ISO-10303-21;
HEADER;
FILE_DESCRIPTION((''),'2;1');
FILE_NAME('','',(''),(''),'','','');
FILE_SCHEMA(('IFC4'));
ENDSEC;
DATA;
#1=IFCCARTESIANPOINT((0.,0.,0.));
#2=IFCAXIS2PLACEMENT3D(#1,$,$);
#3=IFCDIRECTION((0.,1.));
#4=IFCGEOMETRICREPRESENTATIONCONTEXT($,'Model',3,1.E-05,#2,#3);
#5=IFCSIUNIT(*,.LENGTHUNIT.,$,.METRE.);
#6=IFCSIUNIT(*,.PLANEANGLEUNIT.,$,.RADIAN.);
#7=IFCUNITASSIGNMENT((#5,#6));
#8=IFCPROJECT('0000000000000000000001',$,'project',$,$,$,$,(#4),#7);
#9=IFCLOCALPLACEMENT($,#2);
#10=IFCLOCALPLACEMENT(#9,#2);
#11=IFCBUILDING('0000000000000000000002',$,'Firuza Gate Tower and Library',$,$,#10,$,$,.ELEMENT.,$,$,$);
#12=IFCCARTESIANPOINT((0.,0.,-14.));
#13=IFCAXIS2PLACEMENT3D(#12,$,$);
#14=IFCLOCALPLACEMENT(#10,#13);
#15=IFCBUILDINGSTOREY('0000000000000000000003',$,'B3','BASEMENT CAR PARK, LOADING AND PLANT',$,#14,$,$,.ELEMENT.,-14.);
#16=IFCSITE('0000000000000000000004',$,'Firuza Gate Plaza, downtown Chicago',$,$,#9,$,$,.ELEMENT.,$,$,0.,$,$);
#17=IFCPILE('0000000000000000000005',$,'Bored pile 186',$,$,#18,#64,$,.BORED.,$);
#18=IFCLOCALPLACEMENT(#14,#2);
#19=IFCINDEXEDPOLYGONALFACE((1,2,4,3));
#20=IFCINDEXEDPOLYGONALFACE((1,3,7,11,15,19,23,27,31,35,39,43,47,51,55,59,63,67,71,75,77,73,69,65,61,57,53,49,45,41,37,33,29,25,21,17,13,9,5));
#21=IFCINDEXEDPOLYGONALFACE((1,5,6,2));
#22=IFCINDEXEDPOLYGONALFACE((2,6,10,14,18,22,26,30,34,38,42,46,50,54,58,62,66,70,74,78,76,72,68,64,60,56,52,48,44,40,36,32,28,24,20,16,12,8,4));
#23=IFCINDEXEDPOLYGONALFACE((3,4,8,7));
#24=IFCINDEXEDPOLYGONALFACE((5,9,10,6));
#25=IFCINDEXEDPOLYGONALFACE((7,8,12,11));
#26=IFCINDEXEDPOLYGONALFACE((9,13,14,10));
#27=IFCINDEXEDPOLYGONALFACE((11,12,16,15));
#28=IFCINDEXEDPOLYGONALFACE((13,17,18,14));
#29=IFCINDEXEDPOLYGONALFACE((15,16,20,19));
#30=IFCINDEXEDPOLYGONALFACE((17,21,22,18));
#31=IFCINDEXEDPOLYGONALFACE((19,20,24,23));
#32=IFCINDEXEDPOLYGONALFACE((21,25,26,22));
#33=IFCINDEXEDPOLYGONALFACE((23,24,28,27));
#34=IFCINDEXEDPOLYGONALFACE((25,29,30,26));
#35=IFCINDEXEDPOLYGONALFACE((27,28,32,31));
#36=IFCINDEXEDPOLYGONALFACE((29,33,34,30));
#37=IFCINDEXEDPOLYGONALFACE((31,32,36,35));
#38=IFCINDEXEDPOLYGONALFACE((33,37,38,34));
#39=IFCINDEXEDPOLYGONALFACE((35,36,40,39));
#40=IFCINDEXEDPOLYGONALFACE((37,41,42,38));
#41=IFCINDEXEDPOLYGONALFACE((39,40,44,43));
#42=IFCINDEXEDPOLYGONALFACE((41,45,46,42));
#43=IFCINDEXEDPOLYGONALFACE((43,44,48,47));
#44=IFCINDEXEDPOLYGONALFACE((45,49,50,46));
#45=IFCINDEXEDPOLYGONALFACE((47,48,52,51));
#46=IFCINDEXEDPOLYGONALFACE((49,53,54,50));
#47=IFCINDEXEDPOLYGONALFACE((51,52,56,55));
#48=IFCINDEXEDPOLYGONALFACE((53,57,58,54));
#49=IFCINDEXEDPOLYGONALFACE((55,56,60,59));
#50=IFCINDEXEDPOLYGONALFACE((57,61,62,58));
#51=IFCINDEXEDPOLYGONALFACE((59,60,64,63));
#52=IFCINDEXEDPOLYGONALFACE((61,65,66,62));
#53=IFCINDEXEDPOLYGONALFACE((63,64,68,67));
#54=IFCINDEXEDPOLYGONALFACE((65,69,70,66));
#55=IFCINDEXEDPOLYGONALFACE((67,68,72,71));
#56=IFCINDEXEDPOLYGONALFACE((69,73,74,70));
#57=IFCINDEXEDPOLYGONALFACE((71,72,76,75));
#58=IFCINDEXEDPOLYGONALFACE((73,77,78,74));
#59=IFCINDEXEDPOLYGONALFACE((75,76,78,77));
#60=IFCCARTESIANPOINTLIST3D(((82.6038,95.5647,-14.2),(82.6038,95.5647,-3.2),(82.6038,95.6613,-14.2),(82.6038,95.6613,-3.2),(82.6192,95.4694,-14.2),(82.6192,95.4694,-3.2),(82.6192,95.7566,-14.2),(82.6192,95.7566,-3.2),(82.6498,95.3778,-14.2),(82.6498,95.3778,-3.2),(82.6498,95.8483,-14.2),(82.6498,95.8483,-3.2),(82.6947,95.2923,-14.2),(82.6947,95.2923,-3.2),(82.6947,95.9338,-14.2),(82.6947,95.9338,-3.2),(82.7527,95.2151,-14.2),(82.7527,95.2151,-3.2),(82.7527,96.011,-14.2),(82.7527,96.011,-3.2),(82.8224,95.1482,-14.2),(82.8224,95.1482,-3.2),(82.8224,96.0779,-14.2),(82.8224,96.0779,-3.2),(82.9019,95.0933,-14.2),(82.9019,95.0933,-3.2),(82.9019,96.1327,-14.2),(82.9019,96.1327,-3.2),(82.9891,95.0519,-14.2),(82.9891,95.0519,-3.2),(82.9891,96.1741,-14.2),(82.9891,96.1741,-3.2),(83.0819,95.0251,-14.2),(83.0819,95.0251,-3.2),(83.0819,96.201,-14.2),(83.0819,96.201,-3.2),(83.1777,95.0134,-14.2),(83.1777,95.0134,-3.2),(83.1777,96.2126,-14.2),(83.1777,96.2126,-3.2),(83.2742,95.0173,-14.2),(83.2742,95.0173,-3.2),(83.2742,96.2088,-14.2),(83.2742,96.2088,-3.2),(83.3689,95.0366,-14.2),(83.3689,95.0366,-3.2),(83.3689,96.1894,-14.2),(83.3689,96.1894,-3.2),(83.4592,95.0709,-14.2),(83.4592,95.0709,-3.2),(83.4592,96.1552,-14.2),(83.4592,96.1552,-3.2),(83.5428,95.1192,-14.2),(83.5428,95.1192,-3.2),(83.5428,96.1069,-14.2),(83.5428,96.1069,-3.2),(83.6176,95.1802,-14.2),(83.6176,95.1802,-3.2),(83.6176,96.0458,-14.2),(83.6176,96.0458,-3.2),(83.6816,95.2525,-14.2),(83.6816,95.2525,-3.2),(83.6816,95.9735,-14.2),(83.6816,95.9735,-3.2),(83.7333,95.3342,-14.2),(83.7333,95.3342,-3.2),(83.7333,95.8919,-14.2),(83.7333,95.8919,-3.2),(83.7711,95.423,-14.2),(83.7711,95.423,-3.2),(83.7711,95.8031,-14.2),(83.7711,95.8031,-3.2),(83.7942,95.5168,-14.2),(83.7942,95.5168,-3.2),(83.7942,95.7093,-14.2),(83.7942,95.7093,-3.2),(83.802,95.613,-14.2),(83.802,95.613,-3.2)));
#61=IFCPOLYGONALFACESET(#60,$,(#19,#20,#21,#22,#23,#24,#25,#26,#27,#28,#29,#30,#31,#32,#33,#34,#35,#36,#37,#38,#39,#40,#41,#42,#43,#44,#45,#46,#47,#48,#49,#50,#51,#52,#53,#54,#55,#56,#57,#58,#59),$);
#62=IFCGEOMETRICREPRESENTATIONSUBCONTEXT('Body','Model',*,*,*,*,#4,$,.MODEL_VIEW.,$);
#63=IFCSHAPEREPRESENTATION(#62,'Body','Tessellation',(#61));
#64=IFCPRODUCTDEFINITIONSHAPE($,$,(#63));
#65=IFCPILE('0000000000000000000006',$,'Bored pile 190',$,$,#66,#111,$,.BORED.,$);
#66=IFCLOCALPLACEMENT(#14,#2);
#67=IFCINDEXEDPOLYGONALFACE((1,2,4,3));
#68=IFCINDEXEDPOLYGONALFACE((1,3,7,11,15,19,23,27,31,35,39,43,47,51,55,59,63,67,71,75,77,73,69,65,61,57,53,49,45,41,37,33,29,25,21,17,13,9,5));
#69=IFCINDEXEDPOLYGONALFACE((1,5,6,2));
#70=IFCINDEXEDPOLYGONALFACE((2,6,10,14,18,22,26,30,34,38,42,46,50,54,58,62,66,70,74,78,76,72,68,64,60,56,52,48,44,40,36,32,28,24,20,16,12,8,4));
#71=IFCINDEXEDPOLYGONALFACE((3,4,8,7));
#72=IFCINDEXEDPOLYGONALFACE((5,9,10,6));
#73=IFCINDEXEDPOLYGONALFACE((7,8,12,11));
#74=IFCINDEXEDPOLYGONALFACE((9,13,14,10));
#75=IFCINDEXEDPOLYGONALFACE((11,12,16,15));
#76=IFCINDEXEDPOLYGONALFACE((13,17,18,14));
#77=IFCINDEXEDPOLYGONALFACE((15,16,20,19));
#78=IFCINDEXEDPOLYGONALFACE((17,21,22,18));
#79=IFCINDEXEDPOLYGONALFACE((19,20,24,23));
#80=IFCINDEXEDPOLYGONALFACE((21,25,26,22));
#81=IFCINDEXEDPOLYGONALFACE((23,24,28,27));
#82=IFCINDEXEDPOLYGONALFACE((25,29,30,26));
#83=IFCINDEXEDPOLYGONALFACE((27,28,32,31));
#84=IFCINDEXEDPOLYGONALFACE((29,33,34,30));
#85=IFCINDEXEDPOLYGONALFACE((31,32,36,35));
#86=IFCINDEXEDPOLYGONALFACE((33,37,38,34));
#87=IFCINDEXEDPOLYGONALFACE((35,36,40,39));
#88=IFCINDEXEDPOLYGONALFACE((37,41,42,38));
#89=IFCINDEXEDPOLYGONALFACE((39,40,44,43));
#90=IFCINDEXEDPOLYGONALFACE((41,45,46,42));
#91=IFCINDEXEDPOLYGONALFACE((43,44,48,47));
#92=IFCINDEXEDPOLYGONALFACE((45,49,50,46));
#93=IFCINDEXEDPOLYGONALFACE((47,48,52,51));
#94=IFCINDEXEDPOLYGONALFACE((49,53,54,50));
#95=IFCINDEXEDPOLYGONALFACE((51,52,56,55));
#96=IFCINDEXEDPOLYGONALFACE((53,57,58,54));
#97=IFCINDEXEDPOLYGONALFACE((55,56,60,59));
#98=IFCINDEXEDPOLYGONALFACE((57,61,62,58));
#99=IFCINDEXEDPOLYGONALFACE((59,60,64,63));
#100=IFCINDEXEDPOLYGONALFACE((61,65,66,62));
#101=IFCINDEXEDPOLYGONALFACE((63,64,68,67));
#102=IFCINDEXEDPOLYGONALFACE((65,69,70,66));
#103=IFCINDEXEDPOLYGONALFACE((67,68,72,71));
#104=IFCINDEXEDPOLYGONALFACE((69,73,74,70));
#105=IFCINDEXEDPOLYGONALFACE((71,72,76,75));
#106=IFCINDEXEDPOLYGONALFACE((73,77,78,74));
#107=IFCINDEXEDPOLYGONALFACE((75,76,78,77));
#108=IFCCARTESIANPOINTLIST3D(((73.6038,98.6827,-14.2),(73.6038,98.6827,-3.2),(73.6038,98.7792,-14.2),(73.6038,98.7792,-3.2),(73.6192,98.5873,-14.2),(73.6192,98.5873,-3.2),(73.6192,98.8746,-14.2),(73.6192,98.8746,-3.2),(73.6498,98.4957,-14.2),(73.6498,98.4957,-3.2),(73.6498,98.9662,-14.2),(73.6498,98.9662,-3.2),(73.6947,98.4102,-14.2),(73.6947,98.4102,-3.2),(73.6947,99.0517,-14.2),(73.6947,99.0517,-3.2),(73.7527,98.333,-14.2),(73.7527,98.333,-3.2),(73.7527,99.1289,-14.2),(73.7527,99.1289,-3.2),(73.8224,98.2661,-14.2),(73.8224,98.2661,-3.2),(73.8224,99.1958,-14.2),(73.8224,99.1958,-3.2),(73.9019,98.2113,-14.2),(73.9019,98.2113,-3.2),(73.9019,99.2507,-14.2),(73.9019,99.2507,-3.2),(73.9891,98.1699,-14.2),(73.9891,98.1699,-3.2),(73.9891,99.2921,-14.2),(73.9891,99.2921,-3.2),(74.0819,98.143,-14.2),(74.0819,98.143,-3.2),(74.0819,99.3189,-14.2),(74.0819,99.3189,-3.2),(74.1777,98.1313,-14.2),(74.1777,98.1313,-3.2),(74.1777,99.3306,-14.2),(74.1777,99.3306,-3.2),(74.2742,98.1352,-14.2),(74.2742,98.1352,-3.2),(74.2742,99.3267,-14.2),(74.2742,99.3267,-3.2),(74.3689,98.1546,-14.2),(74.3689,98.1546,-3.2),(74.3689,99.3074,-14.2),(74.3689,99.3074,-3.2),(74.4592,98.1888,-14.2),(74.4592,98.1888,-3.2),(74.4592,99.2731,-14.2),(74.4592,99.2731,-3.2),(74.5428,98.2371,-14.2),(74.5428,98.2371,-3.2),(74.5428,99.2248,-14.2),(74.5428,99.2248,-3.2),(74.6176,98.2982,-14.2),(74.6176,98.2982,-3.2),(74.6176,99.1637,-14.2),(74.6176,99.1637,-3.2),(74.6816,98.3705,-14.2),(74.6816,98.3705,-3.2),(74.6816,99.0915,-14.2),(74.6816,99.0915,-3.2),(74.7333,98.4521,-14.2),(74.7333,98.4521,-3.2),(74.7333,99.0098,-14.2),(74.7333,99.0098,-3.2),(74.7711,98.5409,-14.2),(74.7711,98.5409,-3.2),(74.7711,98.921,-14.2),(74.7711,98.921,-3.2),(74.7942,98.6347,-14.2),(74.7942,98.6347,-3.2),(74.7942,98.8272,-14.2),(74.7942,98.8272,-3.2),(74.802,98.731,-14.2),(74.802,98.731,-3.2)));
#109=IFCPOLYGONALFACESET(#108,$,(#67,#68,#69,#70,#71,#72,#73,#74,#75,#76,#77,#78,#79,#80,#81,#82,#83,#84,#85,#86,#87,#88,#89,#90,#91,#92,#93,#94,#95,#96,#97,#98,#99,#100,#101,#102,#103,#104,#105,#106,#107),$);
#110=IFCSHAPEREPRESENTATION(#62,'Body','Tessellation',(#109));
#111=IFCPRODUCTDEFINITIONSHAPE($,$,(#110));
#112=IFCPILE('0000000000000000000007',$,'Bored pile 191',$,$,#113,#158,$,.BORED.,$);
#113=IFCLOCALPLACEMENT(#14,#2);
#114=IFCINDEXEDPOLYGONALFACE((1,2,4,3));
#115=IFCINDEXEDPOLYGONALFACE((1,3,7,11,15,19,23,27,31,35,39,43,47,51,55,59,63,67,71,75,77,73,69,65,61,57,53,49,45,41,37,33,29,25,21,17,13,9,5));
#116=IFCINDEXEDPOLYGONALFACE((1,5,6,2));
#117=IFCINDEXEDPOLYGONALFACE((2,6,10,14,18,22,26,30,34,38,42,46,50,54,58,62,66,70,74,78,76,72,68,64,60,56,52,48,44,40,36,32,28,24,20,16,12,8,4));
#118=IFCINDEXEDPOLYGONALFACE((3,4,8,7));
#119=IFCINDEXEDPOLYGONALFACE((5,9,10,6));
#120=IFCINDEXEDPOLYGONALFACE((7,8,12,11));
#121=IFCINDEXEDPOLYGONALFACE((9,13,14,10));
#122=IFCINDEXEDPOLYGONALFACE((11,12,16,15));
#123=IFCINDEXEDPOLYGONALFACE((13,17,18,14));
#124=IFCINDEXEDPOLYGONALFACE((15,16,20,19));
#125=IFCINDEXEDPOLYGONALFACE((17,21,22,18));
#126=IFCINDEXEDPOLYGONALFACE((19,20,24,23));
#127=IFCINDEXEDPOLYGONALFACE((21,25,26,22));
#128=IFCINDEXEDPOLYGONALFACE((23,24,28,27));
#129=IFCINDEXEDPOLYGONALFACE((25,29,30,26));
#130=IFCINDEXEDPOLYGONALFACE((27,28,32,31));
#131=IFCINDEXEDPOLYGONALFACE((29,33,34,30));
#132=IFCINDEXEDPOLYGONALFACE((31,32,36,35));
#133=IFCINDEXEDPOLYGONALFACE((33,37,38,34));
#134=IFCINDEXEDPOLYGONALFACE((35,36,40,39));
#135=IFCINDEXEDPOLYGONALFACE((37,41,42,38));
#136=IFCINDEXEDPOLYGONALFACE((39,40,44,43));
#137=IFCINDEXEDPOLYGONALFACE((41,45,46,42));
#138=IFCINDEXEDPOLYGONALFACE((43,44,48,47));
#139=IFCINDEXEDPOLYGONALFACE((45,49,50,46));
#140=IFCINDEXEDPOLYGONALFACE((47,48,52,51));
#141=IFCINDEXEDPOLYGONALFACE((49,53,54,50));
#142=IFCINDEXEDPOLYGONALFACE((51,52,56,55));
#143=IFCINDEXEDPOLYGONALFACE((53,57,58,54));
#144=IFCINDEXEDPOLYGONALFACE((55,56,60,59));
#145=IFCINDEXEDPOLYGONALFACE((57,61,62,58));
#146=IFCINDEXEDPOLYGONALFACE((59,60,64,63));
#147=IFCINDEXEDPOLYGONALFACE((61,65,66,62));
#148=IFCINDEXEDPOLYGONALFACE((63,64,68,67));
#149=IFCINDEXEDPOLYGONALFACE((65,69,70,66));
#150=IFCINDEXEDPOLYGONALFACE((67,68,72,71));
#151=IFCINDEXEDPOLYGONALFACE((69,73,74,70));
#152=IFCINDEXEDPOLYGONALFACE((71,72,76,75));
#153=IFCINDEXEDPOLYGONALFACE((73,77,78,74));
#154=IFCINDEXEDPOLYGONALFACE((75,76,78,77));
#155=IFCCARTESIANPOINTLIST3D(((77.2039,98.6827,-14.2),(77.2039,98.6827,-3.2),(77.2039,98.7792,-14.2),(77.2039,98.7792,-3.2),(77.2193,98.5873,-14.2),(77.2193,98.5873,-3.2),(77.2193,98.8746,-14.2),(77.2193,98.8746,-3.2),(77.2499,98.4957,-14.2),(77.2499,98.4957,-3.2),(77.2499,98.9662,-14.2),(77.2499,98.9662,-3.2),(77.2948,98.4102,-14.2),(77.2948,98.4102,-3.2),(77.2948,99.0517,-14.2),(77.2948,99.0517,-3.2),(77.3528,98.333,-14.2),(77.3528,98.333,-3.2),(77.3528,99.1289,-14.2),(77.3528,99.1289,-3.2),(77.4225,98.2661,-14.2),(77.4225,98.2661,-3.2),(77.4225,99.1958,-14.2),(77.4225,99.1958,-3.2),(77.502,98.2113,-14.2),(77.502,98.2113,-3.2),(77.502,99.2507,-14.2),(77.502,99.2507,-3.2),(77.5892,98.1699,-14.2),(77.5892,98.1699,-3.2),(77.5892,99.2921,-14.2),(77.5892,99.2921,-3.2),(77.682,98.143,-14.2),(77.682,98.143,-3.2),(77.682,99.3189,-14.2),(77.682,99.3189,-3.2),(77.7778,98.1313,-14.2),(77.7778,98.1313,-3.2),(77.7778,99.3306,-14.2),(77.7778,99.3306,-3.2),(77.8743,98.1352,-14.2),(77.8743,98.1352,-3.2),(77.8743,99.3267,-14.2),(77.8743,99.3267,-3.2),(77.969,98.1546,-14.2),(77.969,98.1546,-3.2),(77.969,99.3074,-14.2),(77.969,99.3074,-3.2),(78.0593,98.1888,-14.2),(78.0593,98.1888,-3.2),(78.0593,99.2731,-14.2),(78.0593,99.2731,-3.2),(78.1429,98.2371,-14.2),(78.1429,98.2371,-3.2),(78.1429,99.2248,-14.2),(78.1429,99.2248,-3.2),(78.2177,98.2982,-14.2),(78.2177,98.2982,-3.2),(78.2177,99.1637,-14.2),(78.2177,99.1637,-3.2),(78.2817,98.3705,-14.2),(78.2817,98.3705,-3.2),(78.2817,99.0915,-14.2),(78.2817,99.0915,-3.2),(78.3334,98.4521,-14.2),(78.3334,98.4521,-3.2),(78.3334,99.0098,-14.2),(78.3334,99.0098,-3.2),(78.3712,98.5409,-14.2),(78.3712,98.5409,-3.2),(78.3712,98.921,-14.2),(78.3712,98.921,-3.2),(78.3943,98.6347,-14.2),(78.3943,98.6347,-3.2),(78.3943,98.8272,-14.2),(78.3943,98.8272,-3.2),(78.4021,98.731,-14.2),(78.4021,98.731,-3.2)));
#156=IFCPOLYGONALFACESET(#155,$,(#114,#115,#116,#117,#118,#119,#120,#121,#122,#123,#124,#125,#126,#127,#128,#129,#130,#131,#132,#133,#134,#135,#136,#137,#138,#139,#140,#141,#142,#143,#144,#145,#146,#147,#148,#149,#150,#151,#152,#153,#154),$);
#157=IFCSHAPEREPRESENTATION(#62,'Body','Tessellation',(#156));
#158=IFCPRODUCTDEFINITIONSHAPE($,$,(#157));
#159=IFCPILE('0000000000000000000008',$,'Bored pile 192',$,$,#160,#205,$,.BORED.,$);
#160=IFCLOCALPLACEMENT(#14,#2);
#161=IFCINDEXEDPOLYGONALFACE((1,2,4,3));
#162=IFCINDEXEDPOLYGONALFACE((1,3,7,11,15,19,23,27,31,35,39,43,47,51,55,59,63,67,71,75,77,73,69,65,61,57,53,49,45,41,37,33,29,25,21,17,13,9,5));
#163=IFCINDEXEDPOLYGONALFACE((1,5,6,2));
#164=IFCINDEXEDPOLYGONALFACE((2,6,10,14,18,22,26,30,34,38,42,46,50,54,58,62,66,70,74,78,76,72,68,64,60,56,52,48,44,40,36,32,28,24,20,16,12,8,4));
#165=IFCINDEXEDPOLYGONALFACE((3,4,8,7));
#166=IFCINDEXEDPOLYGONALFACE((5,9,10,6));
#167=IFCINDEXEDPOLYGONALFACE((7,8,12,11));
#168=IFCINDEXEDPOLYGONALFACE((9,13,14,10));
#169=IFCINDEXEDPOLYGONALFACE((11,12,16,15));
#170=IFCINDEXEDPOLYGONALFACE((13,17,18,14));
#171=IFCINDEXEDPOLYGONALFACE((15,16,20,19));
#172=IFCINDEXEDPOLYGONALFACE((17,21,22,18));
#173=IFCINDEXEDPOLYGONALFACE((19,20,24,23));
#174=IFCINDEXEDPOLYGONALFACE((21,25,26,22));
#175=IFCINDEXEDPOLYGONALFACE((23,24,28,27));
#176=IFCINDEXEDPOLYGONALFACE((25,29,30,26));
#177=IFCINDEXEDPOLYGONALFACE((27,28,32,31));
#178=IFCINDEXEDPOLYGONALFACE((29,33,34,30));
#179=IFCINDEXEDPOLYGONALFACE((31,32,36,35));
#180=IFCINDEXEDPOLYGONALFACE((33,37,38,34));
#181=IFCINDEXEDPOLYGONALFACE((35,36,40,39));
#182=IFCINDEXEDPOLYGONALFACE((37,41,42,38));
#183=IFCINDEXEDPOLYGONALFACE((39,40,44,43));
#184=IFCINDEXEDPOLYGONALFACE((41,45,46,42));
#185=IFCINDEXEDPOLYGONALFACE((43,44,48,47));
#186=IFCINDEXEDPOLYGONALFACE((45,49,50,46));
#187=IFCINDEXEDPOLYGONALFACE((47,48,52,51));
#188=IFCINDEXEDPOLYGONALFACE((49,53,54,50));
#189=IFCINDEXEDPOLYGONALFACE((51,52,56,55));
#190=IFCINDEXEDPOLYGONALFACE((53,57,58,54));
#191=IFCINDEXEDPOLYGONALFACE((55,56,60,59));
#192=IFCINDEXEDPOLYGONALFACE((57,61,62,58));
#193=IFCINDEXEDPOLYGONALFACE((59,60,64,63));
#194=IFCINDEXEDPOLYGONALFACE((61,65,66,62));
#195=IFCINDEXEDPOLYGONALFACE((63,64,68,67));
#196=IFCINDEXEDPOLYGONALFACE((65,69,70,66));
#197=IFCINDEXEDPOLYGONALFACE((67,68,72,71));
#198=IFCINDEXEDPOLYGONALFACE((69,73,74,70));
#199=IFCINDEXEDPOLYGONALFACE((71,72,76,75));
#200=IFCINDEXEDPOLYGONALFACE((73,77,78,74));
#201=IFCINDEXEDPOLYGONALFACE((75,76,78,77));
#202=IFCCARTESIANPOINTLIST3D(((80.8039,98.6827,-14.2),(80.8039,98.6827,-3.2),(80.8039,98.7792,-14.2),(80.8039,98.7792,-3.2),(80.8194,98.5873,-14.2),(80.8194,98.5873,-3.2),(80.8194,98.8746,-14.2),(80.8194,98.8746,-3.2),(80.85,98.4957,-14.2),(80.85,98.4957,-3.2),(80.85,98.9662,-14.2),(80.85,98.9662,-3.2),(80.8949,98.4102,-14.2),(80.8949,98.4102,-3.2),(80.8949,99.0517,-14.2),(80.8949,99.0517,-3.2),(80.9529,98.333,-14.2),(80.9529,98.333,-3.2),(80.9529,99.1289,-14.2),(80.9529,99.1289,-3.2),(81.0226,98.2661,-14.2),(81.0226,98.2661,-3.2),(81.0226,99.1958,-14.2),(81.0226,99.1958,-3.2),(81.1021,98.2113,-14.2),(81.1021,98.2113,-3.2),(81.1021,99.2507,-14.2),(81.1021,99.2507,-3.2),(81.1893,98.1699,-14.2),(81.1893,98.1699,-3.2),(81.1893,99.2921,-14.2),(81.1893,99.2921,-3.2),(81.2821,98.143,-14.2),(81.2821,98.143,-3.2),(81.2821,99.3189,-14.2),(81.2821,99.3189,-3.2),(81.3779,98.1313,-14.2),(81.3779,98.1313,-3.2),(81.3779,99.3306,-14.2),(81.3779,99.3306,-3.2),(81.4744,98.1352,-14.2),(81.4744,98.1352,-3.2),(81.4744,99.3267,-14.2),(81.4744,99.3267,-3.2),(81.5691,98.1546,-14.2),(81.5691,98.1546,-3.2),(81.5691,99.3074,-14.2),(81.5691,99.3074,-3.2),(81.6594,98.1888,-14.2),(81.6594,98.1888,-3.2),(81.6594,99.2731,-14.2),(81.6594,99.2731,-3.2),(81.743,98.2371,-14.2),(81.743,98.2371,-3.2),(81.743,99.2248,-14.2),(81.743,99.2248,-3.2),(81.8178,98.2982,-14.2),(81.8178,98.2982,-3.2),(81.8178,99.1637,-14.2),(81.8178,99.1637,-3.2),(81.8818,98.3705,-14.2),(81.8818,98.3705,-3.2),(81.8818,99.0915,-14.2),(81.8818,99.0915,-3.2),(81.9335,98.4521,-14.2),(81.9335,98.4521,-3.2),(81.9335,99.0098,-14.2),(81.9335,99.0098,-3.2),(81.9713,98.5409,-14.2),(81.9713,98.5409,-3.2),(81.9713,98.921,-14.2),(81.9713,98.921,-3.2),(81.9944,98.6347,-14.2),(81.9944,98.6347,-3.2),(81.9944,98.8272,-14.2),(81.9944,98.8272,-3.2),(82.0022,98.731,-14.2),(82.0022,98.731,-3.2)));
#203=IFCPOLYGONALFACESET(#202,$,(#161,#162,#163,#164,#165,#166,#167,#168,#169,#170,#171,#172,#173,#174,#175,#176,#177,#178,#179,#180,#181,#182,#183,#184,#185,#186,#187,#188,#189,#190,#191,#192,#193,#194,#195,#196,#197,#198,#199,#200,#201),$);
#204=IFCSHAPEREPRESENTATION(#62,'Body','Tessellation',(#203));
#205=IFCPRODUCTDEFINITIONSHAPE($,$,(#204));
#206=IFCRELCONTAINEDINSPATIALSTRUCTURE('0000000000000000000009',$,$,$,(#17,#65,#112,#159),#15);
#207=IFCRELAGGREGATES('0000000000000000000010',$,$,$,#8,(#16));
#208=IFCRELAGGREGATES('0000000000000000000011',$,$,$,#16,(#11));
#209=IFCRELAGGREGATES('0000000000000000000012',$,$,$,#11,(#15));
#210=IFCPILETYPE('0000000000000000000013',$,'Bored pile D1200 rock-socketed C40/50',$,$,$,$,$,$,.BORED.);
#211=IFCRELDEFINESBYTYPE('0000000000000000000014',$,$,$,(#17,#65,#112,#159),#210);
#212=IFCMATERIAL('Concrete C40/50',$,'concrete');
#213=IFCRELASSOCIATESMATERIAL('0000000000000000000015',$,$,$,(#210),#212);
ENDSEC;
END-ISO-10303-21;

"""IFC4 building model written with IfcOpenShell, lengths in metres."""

from ifc_helpers import new_model, si_unit, direction, frame, origin, origin_2d, place, context, subcontext, project, spatial, circle, extrude, material, material_profile, profile_set, type_object, element, save


model = new_model("IFC4")

# Units and contexts
model_context = context("Model", 3, precision=1e-05, world=origin(), true_north=direction((0.0, 1.0)))
body_context = subcontext(model_context, "Body", "Model", "MODEL_VIEW")
ifc_project = project(units=[si_unit("LENGTHUNIT", "METRE"), si_unit("PLANEANGLEUNIT", "RADIAN")], contexts=[model_context])

# Site, building, storey
site_placement = place(None, origin())
site = spatial("IfcSite", under=ifc_project, at=site_placement, Name="Firuza Gate Plaza, downtown Chicago", CompositionType="ELEMENT", RefElevation=0.0)
building_placement = place(site_placement, origin())
building = spatial("IfcBuilding", under=site, at=building_placement, Name="Firuza Gate Tower and Library", CompositionType="ELEMENT")
storey_placement = place(building_placement, frame((0.0, 0.0, -14.0)))
storey = spatial("IfcBuildingStorey", under=building, at=storey_placement, Name="B3", Description="BASEMENT CAR PARK, LOADING AND PLANT", CompositionType="ELEMENT", Elevation=-14.0)

# Piles
ifc_material_1 = material(Name="Concrete C40/50", Category="concrete")
ifc_material_profile_1 = material_profile(ifc_material_1, circle(Radius=0.6001, at=origin_2d()))
ifc_profile_set_1 = profile_set([ifc_material_profile_1], Name="Concrete C40/50")
pile_type = type_object("IfcPileType", Name="Bored pile D1200 rock-socketed C40/50", PredefinedType="BORED", material=ifc_profile_set_1)
for number, where, z_axis, x_axis, name in (
    (1, (83.2019, 95.613, -3.2), (0.0, 0.0, -1.0), (1.0, 0.0, 0.0), "Bored pile 186"),
    (2, (74.2019, 98.731, -3.2), (0.0, 0.0, -1.0), (1.0, 0.0, 0.0), "Bored pile 190"),
    (3, (77.802, 98.731, -3.2), (0.0, 0.0, -1.0), (1.0, 0.0, 0.0), "Bored pile 191"),
    (4, (81.4021, 98.731, -3.2), (0.0, 0.0, -1.0), (1.0, 0.0, 0.0), "Bored pile 192"),
):
    element("IfcPile", number, at=place(storey_placement, frame(where, z_axis=z_axis, x_axis=x_axis)), inside=storey, type_object=pile_type, Name=name, PredefinedType="BORED", context=body_context, shape_type="SweptSolid", body=[
        extrude(circle(Radius=0.6001, at=origin_2d()), origin(), (0.0, 0.0, 1.0), 11.0),
    ])

save(model, "model.ifc")
